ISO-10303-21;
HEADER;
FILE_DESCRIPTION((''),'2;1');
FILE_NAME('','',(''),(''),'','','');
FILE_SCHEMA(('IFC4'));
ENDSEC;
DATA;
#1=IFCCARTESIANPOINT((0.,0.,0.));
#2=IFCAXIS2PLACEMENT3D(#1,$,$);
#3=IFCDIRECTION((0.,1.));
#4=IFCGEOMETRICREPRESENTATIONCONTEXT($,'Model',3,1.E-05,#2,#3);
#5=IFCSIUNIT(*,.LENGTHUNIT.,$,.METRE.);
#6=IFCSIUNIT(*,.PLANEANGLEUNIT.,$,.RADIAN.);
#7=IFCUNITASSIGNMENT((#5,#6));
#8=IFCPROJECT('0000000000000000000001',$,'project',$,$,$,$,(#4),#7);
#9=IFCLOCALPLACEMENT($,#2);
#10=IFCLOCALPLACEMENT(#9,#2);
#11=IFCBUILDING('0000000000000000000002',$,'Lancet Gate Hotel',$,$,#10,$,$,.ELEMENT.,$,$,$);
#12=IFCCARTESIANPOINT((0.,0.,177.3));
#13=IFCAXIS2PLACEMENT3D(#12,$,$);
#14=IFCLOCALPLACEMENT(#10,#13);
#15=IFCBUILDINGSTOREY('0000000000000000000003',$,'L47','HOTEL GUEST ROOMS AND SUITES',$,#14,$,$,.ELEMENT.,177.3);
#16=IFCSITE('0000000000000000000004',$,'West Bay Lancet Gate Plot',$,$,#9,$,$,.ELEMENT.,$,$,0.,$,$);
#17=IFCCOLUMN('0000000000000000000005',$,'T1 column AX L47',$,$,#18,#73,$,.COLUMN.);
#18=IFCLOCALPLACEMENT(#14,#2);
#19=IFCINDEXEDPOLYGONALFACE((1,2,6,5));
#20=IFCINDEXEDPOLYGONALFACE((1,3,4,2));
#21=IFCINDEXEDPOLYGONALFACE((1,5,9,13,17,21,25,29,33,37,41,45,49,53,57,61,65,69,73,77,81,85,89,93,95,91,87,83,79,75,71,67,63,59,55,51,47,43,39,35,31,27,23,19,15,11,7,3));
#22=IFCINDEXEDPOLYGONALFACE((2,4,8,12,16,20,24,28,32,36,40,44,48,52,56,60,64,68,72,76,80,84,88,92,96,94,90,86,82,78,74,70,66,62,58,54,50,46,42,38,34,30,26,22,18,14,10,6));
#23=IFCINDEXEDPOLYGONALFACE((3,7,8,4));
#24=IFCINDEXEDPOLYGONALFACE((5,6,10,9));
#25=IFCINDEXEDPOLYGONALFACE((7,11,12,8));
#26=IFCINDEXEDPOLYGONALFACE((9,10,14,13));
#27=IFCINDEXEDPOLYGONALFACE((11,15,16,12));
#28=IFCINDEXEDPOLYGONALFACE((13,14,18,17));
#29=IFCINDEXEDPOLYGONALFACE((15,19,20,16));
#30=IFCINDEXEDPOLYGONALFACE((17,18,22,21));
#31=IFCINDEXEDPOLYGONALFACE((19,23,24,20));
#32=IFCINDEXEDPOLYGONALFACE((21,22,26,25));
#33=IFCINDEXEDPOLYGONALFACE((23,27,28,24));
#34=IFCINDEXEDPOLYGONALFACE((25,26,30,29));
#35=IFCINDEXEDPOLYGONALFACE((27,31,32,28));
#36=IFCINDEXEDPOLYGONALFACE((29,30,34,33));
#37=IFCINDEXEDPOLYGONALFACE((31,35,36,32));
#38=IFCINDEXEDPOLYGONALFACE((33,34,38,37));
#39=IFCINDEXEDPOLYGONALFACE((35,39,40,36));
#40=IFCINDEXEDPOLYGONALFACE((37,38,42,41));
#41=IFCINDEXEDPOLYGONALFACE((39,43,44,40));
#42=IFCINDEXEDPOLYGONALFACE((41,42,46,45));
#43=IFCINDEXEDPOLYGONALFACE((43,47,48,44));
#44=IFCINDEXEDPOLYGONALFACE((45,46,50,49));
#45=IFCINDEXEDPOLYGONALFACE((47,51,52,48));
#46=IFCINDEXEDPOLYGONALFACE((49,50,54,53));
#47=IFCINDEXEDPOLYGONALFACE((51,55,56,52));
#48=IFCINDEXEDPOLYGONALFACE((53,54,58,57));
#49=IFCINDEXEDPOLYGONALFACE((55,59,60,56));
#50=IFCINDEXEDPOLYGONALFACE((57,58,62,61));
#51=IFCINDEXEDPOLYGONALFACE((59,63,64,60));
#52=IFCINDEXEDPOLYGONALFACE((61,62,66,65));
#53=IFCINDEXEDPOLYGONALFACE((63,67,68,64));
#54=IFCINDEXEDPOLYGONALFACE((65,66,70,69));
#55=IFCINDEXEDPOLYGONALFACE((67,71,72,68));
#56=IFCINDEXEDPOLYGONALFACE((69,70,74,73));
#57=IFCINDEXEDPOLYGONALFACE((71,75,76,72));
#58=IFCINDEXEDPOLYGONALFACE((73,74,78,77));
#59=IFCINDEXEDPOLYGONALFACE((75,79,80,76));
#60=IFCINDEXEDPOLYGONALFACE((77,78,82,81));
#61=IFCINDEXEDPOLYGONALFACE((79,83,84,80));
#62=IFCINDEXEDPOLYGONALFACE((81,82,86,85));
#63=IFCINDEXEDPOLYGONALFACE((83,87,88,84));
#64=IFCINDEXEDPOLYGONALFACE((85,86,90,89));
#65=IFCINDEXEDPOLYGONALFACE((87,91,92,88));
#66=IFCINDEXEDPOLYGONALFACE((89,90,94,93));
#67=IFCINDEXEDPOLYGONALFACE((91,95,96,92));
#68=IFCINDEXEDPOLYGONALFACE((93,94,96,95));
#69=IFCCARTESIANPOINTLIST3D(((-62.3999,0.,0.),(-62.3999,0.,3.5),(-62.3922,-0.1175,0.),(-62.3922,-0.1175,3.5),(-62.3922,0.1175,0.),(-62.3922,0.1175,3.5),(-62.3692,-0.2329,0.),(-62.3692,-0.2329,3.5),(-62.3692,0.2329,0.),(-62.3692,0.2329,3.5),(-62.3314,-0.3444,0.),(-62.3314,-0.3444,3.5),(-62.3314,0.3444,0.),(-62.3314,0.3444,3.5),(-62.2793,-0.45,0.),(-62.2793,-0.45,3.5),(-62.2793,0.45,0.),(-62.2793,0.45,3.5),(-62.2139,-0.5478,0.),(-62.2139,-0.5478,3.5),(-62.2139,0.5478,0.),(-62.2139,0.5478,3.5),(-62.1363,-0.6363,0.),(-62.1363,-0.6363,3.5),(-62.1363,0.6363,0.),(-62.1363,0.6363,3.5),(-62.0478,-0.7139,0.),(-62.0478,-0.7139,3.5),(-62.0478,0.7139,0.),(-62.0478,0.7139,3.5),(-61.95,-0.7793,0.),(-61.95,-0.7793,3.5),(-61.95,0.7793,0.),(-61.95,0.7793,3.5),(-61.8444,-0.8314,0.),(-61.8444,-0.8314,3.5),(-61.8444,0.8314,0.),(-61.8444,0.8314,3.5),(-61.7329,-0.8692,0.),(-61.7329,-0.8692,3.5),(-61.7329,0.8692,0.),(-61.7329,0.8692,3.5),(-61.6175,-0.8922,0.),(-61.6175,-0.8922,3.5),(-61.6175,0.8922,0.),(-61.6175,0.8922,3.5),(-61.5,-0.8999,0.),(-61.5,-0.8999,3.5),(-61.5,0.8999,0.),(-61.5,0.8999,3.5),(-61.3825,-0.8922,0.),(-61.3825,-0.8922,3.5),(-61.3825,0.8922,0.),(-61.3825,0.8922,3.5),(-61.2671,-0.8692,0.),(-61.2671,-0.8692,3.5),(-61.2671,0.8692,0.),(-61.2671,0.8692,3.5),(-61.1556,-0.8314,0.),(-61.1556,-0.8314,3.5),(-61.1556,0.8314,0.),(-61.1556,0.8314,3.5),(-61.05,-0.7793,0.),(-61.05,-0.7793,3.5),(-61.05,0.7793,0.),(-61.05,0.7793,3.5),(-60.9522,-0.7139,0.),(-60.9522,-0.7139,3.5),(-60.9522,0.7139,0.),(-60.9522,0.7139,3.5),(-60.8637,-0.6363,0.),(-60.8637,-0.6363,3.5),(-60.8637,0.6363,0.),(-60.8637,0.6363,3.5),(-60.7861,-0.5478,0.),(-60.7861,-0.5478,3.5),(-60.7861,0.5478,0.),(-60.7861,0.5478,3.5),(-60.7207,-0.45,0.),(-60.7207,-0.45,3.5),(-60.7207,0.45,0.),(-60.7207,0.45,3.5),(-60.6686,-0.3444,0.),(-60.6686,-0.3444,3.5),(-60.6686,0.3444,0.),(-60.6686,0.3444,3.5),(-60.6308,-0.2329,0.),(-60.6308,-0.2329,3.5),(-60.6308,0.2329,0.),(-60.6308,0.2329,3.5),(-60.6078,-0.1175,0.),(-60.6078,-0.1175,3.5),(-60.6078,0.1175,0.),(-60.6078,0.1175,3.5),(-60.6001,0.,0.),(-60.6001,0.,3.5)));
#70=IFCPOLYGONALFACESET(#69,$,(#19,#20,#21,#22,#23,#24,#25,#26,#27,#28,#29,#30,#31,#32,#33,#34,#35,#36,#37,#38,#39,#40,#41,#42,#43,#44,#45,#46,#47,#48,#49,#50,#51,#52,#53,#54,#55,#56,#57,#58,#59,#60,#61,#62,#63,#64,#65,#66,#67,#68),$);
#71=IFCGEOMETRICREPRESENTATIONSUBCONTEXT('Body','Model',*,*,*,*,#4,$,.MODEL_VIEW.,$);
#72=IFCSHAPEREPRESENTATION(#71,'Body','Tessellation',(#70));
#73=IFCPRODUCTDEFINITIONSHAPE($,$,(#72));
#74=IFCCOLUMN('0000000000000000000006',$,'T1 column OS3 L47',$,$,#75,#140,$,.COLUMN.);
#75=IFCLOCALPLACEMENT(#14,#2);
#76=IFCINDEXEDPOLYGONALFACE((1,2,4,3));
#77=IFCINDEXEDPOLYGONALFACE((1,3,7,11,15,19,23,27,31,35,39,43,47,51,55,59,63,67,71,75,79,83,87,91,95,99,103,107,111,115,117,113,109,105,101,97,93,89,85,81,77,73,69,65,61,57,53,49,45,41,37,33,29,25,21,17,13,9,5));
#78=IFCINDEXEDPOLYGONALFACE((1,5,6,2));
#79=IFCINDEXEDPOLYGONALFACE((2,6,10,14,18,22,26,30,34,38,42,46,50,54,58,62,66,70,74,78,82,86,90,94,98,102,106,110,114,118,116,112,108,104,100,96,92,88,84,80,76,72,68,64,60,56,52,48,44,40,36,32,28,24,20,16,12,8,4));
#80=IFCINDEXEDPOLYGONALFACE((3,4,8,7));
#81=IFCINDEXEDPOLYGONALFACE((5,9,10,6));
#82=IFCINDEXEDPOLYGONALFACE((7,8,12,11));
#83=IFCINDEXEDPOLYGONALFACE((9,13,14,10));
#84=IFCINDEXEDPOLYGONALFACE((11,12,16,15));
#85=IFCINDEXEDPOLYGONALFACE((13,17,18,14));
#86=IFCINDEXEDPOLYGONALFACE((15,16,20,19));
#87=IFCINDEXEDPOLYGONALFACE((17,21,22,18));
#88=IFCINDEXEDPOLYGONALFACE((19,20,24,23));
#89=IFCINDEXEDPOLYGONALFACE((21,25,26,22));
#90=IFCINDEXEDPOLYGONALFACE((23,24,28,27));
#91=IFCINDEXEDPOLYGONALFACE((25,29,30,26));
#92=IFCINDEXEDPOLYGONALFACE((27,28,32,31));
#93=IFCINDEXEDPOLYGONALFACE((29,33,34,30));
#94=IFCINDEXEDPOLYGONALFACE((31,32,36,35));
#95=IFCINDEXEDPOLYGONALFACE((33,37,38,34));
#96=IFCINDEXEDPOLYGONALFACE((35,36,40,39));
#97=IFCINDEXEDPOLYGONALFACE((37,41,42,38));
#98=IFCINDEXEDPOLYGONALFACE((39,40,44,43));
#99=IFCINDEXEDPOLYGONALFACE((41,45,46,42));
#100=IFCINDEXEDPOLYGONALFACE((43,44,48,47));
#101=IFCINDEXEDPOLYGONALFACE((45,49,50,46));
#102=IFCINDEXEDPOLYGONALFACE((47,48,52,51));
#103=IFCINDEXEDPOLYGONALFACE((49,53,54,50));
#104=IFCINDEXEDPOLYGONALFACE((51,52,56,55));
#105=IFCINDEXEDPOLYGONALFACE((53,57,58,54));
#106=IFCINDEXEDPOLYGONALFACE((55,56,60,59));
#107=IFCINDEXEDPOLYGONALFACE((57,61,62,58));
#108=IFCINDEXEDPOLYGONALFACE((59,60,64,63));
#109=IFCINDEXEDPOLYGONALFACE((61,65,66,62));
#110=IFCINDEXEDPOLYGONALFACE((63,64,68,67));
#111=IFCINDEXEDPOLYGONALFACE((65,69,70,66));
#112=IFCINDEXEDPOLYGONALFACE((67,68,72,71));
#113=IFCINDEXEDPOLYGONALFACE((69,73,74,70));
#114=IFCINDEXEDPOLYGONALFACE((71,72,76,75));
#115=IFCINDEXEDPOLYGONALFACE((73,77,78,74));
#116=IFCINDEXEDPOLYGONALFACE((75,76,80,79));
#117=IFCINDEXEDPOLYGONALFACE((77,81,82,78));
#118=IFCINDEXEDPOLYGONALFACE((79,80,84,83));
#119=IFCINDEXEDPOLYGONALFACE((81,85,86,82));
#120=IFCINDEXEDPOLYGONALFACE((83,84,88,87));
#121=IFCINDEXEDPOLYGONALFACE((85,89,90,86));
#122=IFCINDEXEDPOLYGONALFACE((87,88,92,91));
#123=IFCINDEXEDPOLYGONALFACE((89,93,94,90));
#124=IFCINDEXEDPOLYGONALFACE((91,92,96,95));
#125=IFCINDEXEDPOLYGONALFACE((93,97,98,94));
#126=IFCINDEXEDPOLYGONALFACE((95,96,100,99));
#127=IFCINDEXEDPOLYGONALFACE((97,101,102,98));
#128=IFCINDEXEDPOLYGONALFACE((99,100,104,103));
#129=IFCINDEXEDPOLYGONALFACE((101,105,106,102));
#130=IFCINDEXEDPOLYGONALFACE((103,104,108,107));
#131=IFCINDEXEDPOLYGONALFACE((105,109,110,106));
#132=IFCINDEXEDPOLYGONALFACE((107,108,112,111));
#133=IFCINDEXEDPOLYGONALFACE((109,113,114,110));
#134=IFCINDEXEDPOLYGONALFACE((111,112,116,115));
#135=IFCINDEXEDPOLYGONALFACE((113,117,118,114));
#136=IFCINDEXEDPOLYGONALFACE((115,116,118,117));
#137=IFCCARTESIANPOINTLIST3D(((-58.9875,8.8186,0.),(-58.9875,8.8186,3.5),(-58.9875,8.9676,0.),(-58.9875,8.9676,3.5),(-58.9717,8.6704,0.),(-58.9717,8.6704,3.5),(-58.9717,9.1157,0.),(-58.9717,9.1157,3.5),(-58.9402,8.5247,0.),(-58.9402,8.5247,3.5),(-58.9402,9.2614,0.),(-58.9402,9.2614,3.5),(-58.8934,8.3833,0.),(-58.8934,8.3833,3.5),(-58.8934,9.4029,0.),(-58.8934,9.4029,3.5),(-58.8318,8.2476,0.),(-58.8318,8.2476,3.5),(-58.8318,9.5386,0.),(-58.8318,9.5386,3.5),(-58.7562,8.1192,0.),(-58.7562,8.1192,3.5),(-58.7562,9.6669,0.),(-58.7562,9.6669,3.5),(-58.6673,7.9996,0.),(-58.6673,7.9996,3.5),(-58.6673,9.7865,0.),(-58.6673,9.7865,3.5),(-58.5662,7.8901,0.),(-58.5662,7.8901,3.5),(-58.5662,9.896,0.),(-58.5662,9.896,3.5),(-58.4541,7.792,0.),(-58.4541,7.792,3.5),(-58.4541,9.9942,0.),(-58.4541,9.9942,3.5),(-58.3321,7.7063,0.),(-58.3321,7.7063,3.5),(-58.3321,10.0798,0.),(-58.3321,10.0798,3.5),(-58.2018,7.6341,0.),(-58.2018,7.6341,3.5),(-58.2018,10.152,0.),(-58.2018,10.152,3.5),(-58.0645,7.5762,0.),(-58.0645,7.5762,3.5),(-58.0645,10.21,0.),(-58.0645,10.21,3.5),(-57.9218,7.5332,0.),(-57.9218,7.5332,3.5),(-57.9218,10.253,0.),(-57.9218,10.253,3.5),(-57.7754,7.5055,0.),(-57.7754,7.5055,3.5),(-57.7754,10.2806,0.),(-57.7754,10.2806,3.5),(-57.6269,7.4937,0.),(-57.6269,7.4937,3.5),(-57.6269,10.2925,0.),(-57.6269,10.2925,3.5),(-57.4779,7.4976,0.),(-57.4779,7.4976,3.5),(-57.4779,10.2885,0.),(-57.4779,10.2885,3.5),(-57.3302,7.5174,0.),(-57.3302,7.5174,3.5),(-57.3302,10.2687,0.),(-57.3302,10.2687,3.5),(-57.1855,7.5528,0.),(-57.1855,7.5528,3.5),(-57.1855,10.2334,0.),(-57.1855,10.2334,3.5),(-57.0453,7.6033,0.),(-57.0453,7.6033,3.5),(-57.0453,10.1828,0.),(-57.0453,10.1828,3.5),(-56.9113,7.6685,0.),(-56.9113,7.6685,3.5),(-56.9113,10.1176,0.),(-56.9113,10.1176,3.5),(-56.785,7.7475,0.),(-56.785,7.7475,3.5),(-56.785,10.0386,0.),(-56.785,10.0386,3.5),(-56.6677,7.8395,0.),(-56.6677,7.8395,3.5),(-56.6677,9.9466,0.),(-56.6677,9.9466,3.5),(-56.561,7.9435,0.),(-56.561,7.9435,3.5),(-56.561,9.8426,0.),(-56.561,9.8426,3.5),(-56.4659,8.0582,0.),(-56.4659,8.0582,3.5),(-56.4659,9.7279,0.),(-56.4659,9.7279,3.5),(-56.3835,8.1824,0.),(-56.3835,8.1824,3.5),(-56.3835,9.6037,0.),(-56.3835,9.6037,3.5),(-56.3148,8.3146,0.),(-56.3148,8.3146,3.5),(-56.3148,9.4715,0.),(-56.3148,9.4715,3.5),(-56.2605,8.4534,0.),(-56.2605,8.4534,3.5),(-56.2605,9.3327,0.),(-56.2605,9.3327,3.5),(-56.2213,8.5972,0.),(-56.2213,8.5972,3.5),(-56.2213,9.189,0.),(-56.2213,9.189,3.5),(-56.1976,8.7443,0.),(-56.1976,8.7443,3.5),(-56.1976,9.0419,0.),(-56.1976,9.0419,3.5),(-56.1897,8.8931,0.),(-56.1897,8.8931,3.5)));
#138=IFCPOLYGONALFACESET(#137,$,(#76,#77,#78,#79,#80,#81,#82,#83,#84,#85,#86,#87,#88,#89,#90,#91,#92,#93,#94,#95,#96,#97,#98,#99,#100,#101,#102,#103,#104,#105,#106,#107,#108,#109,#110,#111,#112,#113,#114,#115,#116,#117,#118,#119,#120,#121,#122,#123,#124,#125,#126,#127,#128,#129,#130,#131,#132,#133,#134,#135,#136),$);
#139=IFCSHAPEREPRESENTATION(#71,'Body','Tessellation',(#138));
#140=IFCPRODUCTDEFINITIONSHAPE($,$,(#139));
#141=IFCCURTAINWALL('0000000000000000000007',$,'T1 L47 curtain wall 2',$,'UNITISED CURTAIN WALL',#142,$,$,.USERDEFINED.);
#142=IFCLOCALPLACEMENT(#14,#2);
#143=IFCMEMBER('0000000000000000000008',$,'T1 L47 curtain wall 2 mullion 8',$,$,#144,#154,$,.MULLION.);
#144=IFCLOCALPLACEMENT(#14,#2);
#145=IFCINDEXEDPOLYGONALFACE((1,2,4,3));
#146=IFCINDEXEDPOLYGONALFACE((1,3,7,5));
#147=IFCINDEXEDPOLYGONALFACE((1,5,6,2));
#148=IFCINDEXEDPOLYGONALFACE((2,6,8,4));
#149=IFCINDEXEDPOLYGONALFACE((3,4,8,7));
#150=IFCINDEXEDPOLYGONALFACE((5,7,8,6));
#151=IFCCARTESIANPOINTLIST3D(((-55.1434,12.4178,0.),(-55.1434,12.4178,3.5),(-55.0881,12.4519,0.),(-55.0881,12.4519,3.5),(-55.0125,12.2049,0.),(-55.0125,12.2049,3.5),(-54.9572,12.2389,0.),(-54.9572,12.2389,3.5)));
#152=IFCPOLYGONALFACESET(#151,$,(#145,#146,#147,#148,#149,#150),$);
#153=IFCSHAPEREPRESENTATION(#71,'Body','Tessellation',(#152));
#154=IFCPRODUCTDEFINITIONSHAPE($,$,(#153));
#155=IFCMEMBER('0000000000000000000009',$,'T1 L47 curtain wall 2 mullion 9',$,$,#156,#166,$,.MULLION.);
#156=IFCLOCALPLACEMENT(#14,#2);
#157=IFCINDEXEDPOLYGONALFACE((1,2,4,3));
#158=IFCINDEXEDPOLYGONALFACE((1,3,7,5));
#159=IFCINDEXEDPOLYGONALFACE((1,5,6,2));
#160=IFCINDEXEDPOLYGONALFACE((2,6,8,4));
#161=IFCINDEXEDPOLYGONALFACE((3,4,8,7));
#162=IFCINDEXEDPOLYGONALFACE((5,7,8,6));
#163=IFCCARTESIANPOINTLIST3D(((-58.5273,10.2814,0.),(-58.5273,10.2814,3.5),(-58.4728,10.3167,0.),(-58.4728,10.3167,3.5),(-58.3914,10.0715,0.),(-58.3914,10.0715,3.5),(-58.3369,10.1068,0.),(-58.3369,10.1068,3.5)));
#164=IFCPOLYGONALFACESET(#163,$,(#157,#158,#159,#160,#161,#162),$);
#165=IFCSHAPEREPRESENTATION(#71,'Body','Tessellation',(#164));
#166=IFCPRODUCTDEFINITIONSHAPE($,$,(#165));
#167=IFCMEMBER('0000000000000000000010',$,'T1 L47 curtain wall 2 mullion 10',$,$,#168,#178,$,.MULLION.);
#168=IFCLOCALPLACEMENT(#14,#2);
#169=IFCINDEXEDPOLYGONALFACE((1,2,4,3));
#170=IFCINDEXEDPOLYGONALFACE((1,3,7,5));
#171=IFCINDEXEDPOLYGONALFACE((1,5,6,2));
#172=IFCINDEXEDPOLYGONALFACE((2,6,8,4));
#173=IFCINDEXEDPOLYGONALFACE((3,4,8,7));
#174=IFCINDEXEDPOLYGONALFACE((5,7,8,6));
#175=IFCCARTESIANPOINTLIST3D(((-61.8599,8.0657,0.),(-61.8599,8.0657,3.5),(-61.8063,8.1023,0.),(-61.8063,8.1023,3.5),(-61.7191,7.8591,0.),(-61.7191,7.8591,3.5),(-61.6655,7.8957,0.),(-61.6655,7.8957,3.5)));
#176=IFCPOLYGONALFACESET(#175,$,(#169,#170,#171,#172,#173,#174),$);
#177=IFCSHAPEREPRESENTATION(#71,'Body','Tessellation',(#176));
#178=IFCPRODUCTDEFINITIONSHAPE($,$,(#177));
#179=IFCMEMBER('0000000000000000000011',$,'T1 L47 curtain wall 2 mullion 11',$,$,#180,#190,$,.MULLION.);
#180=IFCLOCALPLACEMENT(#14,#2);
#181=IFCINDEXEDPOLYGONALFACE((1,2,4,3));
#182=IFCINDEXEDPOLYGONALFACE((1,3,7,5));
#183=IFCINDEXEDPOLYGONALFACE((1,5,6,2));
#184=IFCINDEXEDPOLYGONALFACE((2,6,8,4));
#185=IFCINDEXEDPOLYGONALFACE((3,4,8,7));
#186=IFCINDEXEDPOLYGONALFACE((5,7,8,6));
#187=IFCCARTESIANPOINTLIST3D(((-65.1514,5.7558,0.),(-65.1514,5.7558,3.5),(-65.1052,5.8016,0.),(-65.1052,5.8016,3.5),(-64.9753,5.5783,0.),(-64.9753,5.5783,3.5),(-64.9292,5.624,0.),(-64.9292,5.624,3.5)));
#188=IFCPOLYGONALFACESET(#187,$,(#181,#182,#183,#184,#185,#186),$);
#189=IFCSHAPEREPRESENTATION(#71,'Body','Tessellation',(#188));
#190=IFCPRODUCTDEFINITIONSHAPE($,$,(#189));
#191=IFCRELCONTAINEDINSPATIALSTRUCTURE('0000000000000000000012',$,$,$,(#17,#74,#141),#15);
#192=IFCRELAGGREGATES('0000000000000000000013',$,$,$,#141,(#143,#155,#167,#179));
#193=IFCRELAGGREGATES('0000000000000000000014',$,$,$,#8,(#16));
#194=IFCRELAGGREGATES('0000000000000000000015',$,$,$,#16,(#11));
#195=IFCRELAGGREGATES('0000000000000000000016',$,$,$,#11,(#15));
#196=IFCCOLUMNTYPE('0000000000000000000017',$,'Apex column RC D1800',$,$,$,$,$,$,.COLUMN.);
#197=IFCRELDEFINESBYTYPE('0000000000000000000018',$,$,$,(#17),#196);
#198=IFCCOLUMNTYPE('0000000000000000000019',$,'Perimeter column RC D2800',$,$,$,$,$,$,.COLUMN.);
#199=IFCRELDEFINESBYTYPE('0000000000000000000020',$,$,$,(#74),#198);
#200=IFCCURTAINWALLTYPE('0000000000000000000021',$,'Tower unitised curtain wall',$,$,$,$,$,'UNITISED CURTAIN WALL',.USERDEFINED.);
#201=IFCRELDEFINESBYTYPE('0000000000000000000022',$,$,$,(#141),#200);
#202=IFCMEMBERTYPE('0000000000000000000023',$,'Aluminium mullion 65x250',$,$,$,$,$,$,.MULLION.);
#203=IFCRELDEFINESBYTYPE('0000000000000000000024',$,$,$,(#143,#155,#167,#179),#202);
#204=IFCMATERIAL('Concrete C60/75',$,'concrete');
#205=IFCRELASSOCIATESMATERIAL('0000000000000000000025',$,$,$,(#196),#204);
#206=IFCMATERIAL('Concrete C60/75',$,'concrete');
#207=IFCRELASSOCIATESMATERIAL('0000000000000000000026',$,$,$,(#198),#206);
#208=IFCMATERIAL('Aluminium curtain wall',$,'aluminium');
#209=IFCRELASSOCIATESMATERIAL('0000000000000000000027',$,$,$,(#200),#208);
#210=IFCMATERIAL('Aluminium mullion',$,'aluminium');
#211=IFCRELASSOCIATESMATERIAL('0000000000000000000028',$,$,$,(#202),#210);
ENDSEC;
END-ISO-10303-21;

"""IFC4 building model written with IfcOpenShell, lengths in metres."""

from ifc_helpers import new_model, si_unit, direction, frame, origin, origin_2d, place, context, subcontext, project, spatial, rectangle, circle, extrude, material, material_profile, profile_set, type_object, element, aggregate, save


model = new_model("IFC4")

# Units and contexts
model_context = context("Model", 3, precision=1e-05, world=origin(), true_north=direction((0.0, 1.0)))
body_context = subcontext(model_context, "Body", "Model", "MODEL_VIEW")
ifc_project = project(units=[si_unit("LENGTHUNIT", "METRE"), si_unit("PLANEANGLEUNIT", "RADIAN")], contexts=[model_context])

# Site, building, storey
site_placement = place(None, origin())
site = spatial("IfcSite", under=ifc_project, at=site_placement, Name="West Bay Lancet Gate Plot", CompositionType="ELEMENT", RefElevation=0.0)
building_placement = place(site_placement, origin())
building = spatial("IfcBuilding", under=site, at=building_placement, Name="Lancet Gate Hotel", CompositionType="ELEMENT")
storey_placement = place(building_placement, frame((0.0, 0.0, 177.3)))
storey = spatial("IfcBuildingStorey", under=building, at=storey_placement, Name="L47", Description="HOTEL GUEST ROOMS AND SUITES", CompositionType="ELEMENT", Elevation=177.3)

# Columns
ifc_material_1 = material(Name="Concrete C60/75", Category="concrete")
ifc_material_profile_1 = material_profile(ifc_material_1, circle(Radius=0.8999, at=origin_2d()), Name="RC D1800")
ifc_profile_set_1 = profile_set([ifc_material_profile_1], Name="Concrete C60/75")
column_type_1 = type_object("IfcColumnType", Name="Apex column RC D1800", PredefinedType="COLUMN", material=ifc_profile_set_1)
column_1_placement = place(storey_placement, frame((-61.5, 0.0, 0.0), z_axis=(0.0, 0.0, 1.0), x_axis=(1.0, 0.0, 0.0)))
element("IfcColumn", 1, at=column_1_placement, inside=storey, type_object=column_type_1, Name="T1 column AX L47", PredefinedType="COLUMN", context=body_context, shape_type="SweptSolid", body=[
    extrude(circle(Radius=0.8999, at=origin_2d()), origin(), (0.0, 0.0, 1.0), 3.5),
])
ifc_material_2 = material(Name="Concrete C60/75", Category="concrete")
ifc_material_profile_2 = material_profile(ifc_material_2, circle(Radius=1.3999, at=origin_2d()), Name="RC D2800")
ifc_profile_set_2 = profile_set([ifc_material_profile_2], Name="Concrete C60/75")
column_type_2 = type_object("IfcColumnType", Name="Perimeter column RC D2800", PredefinedType="COLUMN", material=ifc_profile_set_2)
column_2_placement = place(storey_placement, frame((-57.5896, 8.8931, 0.0), z_axis=(0.0, 0.0, 1.0), x_axis=(1.0, 0.0, 0.0)))
element("IfcColumn", 2, at=column_2_placement, inside=storey, type_object=column_type_2, Name="T1 column OS3 L47", PredefinedType="COLUMN", context=body_context, shape_type="SweptSolid", body=[
    extrude(circle(Radius=1.3999, at=origin_2d()), origin(), (0.0, 0.0, 1.0), 3.5),
])

# Curtain wall, members
ifc_material_3 = material(Name="Aluminium curtain wall", Category="aluminium")
curtain_wall_type = type_object("IfcCurtainWallType", Name="Tower unitised curtain wall", ElementType="UNITISED CURTAIN WALL", PredefinedType="USERDEFINED", material=ifc_material_3)
curtain_wall_placement = place(storey_placement, origin())
curtain_wall = element("IfcCurtainWall", 3, at=curtain_wall_placement, inside=storey, type_object=curtain_wall_type, Name="T1 L47 curtain wall 2", ObjectType="UNITISED CURTAIN WALL", PredefinedType="USERDEFINED")
ifc_material_4 = material(Name="Aluminium mullion", Category="aluminium")
ifc_material_profile_3 = material_profile(ifc_material_4, rectangle(XDim=0.0649, YDim=0.25, at=origin_2d()), Name="MULLION 65x250")
ifc_profile_set_3 = profile_set([ifc_material_profile_3], Name="Aluminium mullion")
member_type_1 = type_object("IfcMemberType", Name="Aluminium mullion 65x250", PredefinedType="MULLION", material=ifc_profile_set_3)
member_1_placement = place(storey_placement, frame((-55.0503, 12.3284, 0.0), z_axis=(0.0, 0.0, 1.0), x_axis=(-0.851886, -0.523728, 0.0)))
member_1 = element("IfcMember", 4, at=member_1_placement, type_object=member_type_1, Name="T1 L47 curtain wall 2 mullion 8", PredefinedType="MULLION", context=body_context, shape_type="SweptSolid", body=[
    extrude(rectangle(XDim=0.0649, YDim=0.25, at=origin_2d()), origin(), (0.0, 0.0, 1.0), 3.5),
])
member_2_placement = place(storey_placement, frame((-58.4321, 10.1941, 0.0), z_axis=(0.0, 0.0, 1.0), x_axis=(-0.839331, -0.543621, 0.0)))
member_2 = element("IfcMember", 5, at=member_2_placement, type_object=member_type_1, Name="T1 L47 curtain wall 2 mullion 9", PredefinedType="MULLION", context=body_context, shape_type="SweptSolid", body=[
    extrude(rectangle(XDim=0.0649, YDim=0.25, at=origin_2d()), origin(), (0.0, 0.0, 1.0), 3.5),
])
member_3_placement = place(storey_placement, frame((-61.7627, 7.9807, 0.0), z_axis=(0.0, 0.0, 1.0), x_axis=(-0.826312, -0.563212, 0.0)))
member_3 = element("IfcMember", 6, at=member_3_placement, type_object=member_type_1, Name="T1 L47 curtain wall 2 mullion 10", PredefinedType="MULLION", context=body_context, shape_type="SweptSolid", body=[
    extrude(rectangle(XDim=0.0649, YDim=0.25, at=origin_2d()), origin(), (0.0, 0.0, 1.0), 3.5),
])
member_4_placement = place(storey_placement, frame((-65.0403, 5.6899, 0.0), z_axis=(0.0, 0.0, 1.0), x_axis=(-0.710113, -0.704088, 0.0)))
member_4 = element("IfcMember", 7, at=member_4_placement, type_object=member_type_1, Name="T1 L47 curtain wall 2 mullion 11", PredefinedType="MULLION", context=body_context, shape_type="SweptSolid", body=[
    extrude(rectangle(XDim=0.0649, YDim=0.25, at=origin_2d()), origin(), (0.0, 0.0, 1.0), 3.5),
])

aggregate(curtain_wall, [member_1, member_2, member_3, member_4])

save(model, "model.ifc")
